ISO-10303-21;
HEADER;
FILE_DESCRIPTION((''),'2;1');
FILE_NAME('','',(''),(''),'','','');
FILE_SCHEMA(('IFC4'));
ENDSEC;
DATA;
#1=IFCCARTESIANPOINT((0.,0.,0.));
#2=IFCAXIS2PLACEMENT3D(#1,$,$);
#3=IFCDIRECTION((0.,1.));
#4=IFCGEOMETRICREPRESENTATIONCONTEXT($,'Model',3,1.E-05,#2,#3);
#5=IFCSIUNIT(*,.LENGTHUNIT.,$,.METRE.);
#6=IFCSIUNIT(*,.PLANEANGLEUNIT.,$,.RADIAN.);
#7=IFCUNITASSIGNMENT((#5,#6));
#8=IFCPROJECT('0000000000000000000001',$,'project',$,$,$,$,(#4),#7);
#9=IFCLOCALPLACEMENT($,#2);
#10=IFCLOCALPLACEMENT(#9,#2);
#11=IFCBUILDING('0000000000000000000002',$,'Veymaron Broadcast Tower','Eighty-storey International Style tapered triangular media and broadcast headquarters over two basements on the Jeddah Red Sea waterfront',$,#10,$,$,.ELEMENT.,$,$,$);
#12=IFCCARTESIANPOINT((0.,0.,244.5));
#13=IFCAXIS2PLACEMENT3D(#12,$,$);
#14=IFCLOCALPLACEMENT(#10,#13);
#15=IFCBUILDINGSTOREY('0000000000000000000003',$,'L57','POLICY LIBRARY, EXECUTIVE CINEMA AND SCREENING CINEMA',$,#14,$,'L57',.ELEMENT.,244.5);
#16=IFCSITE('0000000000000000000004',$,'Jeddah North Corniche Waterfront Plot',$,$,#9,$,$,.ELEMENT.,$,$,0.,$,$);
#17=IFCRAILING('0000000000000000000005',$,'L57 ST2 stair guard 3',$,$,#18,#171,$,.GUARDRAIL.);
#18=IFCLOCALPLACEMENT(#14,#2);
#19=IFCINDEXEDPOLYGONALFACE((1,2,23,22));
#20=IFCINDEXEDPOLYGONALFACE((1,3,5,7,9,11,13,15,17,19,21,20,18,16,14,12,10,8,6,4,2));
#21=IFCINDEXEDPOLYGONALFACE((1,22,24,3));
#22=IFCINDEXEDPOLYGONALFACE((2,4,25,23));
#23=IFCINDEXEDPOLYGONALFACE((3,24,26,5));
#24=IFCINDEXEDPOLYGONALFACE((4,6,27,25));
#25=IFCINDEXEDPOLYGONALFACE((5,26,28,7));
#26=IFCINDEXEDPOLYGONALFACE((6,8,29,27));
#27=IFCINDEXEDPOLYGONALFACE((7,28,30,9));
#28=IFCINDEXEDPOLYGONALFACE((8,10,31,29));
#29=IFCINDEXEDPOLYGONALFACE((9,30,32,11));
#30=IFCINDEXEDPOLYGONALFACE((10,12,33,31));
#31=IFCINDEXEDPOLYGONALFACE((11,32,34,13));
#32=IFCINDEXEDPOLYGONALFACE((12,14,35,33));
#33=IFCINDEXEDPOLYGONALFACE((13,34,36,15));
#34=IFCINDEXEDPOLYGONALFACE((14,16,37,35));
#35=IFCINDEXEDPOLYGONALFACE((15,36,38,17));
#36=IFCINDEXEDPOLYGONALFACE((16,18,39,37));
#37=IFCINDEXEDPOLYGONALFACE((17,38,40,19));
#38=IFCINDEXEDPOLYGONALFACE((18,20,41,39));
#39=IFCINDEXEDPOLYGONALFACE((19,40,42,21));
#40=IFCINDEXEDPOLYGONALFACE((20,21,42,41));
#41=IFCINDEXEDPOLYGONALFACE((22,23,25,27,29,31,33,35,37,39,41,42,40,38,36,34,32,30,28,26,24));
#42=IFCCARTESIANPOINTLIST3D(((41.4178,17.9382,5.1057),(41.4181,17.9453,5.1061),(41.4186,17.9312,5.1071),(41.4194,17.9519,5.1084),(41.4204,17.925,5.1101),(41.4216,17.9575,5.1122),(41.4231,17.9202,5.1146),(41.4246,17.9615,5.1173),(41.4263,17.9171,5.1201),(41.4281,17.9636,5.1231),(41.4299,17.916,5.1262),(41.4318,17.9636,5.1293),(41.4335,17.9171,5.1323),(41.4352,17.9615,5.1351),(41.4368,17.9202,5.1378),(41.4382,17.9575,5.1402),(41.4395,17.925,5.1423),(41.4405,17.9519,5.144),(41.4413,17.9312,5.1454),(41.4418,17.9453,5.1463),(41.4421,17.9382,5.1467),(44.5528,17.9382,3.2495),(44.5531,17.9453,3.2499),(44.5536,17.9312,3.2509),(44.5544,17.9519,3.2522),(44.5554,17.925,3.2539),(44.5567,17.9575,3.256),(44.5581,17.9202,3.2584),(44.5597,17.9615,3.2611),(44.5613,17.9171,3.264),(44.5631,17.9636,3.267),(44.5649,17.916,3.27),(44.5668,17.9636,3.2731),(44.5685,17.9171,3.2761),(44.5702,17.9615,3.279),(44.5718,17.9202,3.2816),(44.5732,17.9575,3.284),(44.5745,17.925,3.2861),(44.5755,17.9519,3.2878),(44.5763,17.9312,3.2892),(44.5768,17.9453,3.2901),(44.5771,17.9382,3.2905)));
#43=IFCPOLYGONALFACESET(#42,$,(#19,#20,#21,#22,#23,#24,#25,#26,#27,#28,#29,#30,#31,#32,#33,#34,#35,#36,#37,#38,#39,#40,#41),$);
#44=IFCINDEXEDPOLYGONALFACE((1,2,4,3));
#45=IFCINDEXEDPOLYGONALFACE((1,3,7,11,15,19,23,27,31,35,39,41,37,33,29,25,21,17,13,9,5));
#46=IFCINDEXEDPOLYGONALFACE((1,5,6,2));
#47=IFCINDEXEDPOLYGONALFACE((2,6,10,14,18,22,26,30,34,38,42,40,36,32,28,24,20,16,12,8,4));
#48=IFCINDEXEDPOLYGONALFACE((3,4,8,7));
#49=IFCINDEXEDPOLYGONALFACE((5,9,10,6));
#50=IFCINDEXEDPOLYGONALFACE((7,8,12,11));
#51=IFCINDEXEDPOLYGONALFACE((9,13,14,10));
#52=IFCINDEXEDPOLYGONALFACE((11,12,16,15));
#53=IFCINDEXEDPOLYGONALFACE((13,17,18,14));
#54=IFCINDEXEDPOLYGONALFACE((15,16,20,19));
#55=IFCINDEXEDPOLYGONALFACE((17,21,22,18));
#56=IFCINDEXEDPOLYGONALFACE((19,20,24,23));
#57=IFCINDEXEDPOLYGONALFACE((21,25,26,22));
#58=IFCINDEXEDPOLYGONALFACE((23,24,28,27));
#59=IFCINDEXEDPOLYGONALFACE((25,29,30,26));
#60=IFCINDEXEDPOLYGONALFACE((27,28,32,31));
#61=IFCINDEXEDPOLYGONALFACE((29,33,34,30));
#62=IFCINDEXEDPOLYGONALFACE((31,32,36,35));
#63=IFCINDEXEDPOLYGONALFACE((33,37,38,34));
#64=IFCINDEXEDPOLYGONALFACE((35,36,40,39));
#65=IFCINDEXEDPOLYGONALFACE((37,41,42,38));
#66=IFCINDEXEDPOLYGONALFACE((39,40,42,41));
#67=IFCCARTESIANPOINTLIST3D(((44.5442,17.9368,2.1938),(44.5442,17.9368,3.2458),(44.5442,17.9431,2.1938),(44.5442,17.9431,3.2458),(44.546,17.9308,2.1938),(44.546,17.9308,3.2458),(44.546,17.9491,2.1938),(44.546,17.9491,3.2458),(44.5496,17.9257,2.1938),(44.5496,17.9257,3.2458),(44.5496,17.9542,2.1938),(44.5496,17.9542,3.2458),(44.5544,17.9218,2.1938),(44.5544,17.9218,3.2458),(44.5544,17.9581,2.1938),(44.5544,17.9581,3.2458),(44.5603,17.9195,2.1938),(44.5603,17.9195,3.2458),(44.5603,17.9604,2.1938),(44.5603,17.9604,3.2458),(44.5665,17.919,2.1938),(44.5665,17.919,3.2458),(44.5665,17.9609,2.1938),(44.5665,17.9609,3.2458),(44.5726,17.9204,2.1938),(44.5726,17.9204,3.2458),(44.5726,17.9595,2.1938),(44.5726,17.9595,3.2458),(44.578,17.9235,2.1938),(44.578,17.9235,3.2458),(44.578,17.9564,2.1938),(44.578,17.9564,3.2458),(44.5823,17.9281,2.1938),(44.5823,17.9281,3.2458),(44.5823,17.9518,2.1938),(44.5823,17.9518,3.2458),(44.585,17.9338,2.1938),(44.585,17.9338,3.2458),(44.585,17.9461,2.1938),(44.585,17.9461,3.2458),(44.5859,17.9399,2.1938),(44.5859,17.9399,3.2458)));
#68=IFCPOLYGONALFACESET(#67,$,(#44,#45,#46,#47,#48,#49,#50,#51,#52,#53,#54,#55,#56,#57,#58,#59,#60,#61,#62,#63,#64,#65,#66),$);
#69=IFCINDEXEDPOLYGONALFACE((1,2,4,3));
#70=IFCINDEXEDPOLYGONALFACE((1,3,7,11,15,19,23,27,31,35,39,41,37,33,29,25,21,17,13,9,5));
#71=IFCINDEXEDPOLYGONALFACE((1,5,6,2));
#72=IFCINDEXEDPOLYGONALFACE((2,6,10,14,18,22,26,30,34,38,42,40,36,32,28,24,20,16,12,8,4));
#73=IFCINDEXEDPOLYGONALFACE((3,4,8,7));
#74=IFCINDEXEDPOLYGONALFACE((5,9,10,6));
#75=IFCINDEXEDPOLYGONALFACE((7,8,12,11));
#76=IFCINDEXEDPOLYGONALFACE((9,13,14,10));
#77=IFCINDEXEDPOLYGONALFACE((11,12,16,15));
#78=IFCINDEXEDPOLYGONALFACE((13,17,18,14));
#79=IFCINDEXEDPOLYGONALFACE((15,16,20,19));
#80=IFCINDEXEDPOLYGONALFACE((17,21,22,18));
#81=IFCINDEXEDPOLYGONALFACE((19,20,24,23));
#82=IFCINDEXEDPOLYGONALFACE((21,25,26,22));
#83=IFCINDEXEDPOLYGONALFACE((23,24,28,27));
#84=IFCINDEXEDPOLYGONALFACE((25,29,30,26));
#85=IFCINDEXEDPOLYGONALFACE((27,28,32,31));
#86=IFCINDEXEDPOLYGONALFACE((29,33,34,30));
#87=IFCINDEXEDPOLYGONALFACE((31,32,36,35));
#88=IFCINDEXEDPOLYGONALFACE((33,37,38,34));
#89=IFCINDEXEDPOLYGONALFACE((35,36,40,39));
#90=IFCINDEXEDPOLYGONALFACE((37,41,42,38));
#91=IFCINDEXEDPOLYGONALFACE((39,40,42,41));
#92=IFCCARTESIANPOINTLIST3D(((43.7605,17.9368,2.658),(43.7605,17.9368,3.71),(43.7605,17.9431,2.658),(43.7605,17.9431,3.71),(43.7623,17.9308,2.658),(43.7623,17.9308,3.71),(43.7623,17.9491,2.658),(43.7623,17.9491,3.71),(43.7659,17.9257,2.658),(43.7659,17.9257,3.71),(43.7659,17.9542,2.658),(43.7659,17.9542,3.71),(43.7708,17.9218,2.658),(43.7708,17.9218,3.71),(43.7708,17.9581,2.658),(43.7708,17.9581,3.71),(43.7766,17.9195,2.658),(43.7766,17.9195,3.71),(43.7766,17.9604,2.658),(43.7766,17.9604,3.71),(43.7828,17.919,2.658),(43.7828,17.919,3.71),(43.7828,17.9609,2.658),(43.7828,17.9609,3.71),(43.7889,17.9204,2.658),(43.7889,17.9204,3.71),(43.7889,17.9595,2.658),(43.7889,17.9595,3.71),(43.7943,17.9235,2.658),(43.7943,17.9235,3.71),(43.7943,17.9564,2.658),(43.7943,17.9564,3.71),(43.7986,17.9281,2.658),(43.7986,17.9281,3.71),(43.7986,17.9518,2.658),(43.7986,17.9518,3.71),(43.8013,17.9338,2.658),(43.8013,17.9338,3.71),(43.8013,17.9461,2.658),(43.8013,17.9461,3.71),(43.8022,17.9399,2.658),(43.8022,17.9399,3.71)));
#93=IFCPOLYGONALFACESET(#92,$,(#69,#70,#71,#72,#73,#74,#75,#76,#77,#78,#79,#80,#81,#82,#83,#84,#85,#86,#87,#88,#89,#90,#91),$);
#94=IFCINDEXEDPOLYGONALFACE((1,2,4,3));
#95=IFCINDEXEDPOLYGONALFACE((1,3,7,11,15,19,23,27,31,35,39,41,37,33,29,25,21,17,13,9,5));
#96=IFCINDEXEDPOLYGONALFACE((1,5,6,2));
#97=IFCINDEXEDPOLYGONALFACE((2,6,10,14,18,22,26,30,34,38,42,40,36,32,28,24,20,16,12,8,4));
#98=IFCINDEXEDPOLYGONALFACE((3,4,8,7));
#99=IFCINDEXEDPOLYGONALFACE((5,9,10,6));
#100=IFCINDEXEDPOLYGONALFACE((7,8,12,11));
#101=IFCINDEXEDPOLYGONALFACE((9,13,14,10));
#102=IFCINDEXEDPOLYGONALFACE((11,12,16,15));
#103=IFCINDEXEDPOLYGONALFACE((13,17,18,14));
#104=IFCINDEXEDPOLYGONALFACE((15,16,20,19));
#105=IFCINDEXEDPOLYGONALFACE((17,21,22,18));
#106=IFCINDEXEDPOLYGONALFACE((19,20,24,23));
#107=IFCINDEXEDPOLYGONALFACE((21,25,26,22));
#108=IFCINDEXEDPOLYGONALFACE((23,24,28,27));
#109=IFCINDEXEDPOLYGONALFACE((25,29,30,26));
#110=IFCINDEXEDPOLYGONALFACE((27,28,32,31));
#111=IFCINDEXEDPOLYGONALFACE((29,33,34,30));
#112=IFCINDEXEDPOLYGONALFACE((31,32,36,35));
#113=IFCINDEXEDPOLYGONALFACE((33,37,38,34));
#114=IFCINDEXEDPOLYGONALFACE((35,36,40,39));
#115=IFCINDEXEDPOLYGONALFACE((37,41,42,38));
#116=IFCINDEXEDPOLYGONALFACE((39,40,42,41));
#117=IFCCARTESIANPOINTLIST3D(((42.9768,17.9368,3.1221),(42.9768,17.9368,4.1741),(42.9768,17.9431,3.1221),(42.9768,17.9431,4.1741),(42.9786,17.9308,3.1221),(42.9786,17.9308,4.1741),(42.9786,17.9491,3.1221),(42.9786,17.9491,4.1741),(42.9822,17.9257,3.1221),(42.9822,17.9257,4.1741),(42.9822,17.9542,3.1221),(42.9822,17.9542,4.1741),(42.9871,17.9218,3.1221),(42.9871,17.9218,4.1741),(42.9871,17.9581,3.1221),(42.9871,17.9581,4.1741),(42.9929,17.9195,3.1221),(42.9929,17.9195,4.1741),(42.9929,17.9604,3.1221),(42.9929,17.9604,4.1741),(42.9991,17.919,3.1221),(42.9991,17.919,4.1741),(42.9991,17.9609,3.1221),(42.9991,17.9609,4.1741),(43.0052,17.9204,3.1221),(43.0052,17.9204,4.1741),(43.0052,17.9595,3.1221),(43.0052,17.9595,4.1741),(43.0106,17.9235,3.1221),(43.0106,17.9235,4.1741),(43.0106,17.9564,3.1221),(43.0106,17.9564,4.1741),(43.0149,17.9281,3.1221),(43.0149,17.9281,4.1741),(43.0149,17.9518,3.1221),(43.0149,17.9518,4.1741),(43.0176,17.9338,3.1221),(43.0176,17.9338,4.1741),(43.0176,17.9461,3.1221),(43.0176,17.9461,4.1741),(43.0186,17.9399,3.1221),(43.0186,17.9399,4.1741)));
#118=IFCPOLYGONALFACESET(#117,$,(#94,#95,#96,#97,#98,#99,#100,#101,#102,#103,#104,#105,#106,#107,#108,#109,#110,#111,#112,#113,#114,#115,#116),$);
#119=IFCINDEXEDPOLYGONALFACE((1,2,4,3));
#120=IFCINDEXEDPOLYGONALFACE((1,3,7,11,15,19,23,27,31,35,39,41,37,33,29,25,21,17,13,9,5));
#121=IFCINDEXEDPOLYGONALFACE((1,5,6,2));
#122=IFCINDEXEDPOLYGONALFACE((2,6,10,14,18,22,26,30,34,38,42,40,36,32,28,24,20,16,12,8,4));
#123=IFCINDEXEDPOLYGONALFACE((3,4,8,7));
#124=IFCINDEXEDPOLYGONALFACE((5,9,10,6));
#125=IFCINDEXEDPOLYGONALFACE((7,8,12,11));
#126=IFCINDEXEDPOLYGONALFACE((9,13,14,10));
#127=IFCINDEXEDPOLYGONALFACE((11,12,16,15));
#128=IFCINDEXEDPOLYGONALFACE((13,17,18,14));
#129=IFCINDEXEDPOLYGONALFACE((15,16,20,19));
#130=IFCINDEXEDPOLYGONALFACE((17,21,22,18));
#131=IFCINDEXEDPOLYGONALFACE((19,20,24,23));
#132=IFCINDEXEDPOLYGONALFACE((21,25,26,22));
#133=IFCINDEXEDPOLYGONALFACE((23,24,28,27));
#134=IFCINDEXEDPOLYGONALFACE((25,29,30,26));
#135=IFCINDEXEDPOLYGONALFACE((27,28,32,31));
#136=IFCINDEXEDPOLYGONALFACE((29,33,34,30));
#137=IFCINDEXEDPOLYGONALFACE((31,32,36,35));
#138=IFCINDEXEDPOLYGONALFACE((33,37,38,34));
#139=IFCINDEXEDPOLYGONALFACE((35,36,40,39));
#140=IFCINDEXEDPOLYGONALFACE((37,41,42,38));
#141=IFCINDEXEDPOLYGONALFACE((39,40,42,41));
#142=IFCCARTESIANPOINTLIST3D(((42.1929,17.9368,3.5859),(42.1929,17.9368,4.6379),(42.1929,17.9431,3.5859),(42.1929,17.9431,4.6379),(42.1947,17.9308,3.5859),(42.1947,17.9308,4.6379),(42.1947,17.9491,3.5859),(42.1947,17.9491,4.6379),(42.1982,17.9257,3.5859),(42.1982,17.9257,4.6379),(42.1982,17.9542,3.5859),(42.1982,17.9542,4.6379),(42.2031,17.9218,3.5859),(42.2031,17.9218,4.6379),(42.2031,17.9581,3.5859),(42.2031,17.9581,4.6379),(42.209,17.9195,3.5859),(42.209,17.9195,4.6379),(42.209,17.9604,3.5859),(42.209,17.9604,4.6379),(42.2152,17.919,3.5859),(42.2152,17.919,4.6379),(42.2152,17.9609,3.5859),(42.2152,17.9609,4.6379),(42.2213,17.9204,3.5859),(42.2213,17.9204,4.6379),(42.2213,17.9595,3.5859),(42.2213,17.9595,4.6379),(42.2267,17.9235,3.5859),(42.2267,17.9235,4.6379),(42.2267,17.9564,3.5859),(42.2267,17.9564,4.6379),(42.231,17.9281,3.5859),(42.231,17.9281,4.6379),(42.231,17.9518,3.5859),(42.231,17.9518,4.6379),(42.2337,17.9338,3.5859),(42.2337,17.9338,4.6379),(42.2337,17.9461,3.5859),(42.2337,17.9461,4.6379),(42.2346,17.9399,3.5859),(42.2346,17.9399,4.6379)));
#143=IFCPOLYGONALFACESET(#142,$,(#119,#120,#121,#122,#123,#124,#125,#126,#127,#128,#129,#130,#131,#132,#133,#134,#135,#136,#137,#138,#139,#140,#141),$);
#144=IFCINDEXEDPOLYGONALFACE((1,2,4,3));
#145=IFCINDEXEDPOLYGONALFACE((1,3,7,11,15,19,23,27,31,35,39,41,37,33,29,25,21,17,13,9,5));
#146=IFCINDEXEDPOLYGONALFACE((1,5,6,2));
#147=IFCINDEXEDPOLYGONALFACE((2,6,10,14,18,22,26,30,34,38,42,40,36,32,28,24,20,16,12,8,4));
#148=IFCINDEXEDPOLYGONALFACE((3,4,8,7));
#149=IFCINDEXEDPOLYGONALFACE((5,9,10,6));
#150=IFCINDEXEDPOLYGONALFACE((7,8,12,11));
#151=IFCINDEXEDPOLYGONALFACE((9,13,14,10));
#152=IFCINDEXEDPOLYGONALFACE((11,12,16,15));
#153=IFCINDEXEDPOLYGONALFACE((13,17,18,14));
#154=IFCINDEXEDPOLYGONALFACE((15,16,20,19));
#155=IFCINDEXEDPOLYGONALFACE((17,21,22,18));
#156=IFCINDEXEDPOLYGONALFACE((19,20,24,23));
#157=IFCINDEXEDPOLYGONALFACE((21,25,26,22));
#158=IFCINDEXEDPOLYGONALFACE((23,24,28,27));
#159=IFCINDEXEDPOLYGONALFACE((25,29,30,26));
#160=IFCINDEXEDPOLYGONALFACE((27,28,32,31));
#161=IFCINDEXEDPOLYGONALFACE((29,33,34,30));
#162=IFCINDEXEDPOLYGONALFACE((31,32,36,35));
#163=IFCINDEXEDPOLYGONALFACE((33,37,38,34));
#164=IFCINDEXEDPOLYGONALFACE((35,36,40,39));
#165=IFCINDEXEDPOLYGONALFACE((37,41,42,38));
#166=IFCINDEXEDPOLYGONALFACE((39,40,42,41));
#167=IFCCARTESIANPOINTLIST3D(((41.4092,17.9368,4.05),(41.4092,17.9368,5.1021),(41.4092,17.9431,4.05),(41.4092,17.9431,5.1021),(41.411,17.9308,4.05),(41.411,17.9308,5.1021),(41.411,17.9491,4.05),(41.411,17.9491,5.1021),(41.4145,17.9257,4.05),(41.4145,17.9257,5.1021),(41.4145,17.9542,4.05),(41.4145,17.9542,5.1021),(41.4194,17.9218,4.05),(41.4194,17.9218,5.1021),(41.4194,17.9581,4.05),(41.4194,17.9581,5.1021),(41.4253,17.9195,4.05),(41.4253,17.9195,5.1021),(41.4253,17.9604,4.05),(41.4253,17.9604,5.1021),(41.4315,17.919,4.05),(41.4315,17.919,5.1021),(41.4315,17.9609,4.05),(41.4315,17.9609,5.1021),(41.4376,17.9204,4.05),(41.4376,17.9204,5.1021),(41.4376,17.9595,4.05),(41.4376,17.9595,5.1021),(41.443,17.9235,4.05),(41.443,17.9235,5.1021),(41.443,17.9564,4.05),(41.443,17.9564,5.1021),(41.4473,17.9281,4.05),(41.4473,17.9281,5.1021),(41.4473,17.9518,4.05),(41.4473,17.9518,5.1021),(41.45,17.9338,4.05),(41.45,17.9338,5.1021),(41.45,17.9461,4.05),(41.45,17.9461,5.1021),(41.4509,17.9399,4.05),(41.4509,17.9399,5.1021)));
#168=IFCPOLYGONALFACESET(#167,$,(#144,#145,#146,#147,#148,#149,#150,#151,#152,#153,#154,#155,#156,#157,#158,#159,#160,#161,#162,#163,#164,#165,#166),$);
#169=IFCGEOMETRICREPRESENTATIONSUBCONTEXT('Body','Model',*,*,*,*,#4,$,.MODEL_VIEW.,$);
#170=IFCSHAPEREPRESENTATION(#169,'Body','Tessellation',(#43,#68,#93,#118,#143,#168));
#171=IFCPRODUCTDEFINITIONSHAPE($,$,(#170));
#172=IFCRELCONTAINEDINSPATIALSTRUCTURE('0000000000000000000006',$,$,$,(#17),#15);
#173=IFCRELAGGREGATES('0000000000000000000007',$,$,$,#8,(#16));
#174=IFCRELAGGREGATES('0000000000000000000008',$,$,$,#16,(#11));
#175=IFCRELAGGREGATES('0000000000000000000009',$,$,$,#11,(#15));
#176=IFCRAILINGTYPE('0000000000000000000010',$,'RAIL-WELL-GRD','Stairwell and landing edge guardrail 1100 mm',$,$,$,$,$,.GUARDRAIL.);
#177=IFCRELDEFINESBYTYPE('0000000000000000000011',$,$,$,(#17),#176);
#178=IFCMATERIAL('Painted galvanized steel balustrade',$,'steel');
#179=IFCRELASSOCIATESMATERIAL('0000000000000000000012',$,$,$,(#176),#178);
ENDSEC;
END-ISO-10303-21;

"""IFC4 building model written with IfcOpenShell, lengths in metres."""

from ifc_helpers import new_model, si_unit, direction, frame, origin, origin_2d, place, context, subcontext, project, spatial, circle, extrude, material, type_object, element, save


model = new_model("IFC4")

# Units and contexts
model_context = context("Model", 3, precision=1e-05, world=origin(), true_north=direction((0.0, 1.0)))
body_context = subcontext(model_context, "Body", "Model", "MODEL_VIEW")
ifc_project = project(units=[si_unit("LENGTHUNIT", "METRE"), si_unit("PLANEANGLEUNIT", "RADIAN")], contexts=[model_context])

# Site, building, storey
site_placement = place(None, origin())
site = spatial("IfcSite", under=ifc_project, at=site_placement, Name="Jeddah North Corniche Waterfront Plot", CompositionType="ELEMENT", RefElevation=0.0)
building_placement = place(site_placement, origin())
building = spatial("IfcBuilding", under=site, at=building_placement, Name="Veymaron Broadcast Tower", Description="Eighty-storey International Style tapered triangular media and broadcast headquarters over two basements on the Jeddah Red Sea waterfront", CompositionType="ELEMENT")
storey_placement = place(building_placement, frame((0.0, 0.0, 244.5)))
storey = spatial("IfcBuildingStorey", under=building, at=storey_placement, Name="L57", Description="POLICY LIBRARY, EXECUTIVE CINEMA AND SCREENING CINEMA", LongName="L57", CompositionType="ELEMENT", Elevation=244.5)

# Railing
ifc_material_1 = material(Name="Painted galvanized steel balustrade", Category="steel")
railing_type_1 = type_object("IfcRailingType", Name="RAIL-WELL-GRD", Description="Stairwell and landing edge guardrail 1100 mm", PredefinedType="GUARDRAIL", material=ifc_material_1)
railing_1_placement = place(storey_placement, frame((44.5649, 17.9399, 2.1938)))
element("IfcRailing", 1, at=railing_1_placement, inside=storey, type_object=railing_type_1, Name="L57 ST2 stair guard 3", PredefinedType="GUARDRAIL", context=body_context, shape_type="SweptSolid", body=[
    extrude(circle(Radius=0.0239, at=origin_2d()), frame((0.0, 0.0, 1.0762), z_axis=(-0.860482, 0.0, 0.509481), x_axis=(0.0, -1.0, 0.0)), (0.0, 0.0, 1.0), 3.6433),
    extrude(circle(Radius=0.021, at=origin_2d()), origin(), (0.0, 0.0, 1.0), 1.052),
    extrude(circle(Radius=0.021, at=origin_2d()), frame((-0.7837, 0.0, 0.4641)), (0.0, 0.0, 1.0), 1.052),
    extrude(circle(Radius=0.021, at=origin_2d()), frame((-1.5674, 0.0, 0.9282)), (0.0, 0.0, 1.0), 1.052),
    extrude(circle(Radius=0.021, at=origin_2d()), frame((-2.3513, 0.0, 1.3921)), (0.0, 0.0, 1.0), 1.052),
    extrude(circle(Radius=0.021, at=origin_2d()), frame((-3.135, 0.0, 1.8562)), (0.0, 0.0, 1.0), 1.052),
])

save(model, "model.ifc")
